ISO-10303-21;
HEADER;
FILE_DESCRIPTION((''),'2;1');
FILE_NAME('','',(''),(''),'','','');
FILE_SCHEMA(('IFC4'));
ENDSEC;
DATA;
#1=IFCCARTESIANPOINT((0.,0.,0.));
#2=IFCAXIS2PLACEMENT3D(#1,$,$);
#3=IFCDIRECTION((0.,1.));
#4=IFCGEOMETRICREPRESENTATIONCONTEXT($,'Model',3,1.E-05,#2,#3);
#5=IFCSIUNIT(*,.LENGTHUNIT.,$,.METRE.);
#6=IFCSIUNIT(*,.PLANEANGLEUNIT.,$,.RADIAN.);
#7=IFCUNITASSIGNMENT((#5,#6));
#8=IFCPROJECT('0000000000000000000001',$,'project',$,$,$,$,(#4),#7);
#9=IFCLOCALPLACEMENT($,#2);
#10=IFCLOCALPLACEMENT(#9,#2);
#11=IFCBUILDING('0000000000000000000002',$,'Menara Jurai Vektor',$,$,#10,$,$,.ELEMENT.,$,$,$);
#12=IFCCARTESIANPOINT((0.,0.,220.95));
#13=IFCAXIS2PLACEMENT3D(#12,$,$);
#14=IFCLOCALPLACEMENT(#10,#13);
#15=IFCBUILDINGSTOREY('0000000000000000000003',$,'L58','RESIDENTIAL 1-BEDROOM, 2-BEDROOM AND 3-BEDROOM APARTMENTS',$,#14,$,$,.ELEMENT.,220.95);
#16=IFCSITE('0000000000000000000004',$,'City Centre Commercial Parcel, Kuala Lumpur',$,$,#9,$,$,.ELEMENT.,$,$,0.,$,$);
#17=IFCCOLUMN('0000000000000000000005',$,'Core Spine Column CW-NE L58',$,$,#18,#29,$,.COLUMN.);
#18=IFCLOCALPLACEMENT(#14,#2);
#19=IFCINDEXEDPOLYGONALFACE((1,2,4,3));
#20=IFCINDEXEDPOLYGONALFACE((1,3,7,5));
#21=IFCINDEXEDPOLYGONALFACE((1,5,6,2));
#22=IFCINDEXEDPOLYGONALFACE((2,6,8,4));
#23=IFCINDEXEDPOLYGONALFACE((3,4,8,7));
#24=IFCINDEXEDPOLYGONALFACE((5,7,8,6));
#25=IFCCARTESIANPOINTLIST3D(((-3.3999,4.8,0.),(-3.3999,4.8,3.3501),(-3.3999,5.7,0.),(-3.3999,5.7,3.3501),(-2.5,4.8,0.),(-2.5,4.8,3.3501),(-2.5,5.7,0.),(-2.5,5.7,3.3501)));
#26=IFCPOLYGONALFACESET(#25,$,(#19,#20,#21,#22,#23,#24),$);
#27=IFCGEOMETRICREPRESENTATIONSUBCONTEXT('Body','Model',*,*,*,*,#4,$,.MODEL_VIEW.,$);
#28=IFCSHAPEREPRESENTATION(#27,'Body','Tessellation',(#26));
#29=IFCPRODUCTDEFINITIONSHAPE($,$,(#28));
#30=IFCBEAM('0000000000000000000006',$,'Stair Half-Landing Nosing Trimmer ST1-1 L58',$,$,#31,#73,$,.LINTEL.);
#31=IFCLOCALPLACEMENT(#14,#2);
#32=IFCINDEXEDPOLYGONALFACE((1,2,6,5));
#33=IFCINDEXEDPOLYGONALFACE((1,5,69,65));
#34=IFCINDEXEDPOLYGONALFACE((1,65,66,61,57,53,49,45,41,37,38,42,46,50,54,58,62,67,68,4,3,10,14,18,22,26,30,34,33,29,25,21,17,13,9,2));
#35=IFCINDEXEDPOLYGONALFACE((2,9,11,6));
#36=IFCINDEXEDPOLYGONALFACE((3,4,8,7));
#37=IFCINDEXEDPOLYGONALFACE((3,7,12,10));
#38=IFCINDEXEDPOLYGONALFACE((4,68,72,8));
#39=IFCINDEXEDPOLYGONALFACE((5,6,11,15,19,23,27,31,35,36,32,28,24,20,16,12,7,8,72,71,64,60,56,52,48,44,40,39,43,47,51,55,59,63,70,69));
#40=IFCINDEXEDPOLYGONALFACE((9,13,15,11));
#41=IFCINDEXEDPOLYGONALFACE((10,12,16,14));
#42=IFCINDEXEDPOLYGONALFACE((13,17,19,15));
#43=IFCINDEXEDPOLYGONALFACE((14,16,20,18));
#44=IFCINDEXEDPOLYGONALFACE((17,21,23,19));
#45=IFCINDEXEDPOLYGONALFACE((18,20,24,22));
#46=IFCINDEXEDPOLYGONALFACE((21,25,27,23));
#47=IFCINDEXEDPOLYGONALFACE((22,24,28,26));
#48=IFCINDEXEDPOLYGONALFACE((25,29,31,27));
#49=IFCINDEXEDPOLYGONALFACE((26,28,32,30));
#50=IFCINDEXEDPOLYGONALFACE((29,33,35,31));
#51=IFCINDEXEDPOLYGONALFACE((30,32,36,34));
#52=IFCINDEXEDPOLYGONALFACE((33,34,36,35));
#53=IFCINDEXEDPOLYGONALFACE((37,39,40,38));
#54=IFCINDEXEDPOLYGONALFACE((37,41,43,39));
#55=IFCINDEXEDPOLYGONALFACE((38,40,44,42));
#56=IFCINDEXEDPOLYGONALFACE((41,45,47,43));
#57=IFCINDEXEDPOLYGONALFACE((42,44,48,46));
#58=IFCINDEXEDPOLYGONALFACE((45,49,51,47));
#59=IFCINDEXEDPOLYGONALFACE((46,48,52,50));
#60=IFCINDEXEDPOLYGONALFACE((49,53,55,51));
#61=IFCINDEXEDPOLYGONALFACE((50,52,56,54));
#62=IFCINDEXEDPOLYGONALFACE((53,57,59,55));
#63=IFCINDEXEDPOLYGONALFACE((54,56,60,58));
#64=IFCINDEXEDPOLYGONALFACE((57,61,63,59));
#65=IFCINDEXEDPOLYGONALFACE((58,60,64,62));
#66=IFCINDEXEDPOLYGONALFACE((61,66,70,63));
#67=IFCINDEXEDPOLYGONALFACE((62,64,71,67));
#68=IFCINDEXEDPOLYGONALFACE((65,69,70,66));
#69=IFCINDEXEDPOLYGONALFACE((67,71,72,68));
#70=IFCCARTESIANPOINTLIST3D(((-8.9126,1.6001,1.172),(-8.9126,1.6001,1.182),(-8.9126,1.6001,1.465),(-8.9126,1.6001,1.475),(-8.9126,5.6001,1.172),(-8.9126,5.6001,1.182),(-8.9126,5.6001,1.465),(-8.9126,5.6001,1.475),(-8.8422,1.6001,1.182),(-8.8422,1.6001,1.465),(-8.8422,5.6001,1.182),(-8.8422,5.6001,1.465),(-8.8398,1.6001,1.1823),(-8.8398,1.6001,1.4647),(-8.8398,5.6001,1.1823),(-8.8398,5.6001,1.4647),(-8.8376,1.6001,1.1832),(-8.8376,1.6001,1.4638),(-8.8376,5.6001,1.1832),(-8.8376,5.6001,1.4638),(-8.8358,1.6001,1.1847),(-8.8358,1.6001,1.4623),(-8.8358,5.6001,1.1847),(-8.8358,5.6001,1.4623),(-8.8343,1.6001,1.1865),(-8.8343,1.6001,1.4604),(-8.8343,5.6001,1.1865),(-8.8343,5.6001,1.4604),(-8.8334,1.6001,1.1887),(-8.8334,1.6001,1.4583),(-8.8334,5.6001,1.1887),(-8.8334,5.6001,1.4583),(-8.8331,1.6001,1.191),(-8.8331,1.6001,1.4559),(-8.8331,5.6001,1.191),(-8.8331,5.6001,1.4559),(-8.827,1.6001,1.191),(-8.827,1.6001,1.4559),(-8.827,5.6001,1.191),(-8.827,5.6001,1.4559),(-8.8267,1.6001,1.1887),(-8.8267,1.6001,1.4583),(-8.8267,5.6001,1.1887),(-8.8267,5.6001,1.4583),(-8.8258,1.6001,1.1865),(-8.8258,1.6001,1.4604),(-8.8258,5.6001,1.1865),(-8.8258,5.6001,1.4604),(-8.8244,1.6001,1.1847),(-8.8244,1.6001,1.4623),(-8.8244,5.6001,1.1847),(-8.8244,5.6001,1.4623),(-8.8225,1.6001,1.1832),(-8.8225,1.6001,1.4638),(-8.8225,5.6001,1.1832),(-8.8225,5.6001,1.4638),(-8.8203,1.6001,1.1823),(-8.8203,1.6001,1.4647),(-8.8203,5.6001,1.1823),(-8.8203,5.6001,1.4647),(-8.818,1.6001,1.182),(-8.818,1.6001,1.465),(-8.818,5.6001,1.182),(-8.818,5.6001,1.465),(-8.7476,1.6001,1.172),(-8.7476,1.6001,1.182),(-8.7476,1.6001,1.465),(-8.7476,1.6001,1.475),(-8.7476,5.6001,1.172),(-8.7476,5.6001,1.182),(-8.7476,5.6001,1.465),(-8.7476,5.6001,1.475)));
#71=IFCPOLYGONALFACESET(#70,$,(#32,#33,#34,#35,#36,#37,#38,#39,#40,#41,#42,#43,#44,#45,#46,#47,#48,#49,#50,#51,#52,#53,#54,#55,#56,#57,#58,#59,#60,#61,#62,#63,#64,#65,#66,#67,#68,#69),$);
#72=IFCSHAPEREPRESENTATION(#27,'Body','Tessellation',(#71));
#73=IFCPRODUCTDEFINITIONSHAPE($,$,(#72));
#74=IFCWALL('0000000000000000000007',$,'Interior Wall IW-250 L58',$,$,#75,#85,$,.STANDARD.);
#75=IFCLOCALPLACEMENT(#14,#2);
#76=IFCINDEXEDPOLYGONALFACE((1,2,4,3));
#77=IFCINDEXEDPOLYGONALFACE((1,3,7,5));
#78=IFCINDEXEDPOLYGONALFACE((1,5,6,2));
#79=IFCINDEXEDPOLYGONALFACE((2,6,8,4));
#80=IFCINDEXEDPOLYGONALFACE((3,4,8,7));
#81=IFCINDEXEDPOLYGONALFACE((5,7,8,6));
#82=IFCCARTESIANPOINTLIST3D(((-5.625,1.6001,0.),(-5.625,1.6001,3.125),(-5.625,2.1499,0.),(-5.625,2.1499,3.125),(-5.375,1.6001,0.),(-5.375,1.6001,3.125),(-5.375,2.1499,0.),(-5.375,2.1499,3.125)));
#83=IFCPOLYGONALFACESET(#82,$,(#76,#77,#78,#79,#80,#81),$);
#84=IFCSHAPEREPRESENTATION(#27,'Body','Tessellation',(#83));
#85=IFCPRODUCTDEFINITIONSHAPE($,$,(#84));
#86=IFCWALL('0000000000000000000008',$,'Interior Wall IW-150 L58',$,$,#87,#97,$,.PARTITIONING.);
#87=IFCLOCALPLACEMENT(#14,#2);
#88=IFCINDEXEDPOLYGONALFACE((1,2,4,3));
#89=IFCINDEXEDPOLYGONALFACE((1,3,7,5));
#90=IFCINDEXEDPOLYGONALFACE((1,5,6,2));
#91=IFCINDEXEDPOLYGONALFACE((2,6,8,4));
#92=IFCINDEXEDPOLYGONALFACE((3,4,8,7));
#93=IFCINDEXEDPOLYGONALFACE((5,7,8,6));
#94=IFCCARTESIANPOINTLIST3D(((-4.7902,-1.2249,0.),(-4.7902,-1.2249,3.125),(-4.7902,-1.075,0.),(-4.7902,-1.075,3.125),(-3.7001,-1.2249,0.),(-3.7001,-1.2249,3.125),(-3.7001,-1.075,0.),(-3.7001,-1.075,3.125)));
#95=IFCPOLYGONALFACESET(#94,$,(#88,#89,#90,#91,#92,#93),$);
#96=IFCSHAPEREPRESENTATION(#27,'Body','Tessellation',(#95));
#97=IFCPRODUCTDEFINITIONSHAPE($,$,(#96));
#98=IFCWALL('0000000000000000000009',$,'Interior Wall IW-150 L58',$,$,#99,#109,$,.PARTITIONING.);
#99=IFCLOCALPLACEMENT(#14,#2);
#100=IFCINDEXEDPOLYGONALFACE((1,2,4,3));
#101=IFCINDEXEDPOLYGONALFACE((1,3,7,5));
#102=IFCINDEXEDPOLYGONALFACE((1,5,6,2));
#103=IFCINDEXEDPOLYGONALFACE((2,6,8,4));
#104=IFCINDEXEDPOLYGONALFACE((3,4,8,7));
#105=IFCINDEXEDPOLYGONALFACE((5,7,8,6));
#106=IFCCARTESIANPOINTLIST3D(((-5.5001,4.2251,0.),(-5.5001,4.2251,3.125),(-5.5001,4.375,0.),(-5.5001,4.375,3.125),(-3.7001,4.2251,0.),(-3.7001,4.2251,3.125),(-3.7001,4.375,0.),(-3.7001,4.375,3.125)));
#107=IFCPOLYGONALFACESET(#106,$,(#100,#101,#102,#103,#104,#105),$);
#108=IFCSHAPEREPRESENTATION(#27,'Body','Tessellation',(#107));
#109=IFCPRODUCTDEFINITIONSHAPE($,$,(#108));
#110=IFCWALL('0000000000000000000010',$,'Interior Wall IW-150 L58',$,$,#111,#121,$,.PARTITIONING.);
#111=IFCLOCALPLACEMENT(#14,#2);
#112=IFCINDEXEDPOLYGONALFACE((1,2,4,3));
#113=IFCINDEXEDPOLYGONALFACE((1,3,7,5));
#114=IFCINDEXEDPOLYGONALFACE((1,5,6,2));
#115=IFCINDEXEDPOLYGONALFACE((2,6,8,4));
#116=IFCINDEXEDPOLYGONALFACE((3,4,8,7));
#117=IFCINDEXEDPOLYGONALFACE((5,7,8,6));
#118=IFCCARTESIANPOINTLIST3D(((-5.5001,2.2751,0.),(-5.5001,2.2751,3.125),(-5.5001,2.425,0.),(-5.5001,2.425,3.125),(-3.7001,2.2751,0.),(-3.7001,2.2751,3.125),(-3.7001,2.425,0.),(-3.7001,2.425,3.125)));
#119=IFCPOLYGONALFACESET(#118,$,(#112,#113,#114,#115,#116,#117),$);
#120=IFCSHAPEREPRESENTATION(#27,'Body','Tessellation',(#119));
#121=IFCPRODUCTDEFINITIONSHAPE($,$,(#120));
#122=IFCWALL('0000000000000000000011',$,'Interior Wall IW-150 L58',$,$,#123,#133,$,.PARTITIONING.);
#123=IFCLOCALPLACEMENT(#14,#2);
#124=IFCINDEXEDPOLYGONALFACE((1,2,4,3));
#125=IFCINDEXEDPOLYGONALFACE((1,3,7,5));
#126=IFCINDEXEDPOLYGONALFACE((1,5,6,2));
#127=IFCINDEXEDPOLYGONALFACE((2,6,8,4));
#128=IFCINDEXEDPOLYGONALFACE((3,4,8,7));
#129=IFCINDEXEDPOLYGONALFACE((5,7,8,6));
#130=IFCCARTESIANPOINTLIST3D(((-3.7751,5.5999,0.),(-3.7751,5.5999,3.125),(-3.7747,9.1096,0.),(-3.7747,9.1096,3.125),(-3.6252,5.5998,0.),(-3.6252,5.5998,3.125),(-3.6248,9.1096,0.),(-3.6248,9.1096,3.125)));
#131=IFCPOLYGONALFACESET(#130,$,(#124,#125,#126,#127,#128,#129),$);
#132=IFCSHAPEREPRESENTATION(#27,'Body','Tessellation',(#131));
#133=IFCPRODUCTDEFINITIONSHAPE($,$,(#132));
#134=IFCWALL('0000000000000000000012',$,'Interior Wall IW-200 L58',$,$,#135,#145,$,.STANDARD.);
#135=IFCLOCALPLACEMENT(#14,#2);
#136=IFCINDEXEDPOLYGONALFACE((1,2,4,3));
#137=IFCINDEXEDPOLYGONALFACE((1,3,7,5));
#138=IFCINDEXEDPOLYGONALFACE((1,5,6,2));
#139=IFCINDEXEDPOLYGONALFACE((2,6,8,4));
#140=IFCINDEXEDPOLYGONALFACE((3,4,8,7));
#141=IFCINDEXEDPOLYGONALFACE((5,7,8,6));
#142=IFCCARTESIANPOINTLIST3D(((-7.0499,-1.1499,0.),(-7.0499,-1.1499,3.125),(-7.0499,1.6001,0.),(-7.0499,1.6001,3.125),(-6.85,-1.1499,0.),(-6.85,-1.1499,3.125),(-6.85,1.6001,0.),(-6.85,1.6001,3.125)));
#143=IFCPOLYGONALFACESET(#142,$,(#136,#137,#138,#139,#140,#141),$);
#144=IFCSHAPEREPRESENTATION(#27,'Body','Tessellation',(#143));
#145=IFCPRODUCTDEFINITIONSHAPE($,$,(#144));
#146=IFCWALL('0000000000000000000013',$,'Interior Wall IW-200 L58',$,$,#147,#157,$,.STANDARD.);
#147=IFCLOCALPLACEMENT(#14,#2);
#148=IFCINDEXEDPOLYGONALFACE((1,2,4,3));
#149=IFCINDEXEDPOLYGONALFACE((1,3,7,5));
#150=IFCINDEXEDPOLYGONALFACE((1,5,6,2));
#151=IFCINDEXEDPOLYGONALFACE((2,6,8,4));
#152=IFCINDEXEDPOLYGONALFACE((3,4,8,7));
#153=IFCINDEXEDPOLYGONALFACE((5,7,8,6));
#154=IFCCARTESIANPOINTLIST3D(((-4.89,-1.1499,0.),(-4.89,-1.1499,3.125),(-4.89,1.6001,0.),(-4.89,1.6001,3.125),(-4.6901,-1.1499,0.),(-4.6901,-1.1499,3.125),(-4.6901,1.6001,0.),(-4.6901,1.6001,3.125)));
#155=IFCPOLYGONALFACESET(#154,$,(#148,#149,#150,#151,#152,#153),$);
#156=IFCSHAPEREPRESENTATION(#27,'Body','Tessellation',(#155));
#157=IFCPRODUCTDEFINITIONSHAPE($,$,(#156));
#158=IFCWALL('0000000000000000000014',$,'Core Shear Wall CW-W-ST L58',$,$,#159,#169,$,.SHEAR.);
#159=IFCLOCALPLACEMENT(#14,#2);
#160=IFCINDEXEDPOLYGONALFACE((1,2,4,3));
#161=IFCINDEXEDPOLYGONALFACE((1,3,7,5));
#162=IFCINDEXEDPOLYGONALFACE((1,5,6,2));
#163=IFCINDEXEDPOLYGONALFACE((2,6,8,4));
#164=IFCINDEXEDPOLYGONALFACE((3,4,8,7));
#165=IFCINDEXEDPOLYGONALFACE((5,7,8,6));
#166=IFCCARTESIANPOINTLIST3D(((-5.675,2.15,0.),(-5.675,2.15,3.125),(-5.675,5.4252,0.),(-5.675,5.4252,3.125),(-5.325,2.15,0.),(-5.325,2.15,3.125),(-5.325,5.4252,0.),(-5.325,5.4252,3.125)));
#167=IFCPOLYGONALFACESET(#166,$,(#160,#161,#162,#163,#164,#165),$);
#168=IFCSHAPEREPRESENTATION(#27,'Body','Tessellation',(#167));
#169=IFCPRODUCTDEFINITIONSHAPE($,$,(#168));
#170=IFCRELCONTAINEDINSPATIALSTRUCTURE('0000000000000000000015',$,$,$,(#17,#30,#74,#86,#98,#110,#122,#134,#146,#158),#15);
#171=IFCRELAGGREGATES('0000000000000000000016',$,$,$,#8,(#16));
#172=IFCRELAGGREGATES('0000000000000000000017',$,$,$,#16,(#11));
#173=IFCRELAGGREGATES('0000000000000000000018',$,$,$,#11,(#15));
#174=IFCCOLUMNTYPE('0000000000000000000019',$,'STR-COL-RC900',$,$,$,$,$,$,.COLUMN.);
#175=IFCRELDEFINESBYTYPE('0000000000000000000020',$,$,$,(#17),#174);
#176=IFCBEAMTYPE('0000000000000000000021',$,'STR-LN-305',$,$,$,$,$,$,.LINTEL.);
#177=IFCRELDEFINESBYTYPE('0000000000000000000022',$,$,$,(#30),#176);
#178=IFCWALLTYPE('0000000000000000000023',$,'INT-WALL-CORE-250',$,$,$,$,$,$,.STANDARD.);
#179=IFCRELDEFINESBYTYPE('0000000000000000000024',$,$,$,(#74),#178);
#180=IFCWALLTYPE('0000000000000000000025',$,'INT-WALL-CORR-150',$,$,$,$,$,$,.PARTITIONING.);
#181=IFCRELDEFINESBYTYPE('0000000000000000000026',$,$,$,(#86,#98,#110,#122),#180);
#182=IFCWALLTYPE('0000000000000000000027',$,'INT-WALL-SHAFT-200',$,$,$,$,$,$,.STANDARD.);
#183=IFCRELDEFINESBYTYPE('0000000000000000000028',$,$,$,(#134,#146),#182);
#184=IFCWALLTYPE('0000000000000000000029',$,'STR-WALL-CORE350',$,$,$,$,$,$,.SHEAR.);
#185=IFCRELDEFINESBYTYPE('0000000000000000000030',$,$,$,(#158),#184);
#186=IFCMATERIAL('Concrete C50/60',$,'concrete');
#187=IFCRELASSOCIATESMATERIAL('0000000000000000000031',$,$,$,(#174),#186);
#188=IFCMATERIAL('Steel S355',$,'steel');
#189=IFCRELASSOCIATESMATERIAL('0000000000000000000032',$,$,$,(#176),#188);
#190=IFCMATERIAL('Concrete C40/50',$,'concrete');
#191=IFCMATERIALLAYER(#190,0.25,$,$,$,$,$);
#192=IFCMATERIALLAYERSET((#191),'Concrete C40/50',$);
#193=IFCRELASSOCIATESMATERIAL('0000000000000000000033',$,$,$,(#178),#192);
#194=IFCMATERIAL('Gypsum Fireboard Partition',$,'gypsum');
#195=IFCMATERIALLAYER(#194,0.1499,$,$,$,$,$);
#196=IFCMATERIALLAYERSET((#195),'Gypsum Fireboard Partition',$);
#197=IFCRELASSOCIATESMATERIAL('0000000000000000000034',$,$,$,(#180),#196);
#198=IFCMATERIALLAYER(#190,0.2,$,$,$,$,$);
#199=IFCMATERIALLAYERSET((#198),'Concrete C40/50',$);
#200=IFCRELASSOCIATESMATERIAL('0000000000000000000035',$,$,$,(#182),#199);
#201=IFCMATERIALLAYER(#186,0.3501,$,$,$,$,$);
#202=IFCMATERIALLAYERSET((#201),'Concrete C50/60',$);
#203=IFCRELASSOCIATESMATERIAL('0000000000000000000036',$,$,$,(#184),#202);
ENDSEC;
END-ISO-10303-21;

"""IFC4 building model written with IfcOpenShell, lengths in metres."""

from ifc_helpers import new_model, si_unit, direction, frame, frame_2d, origin, origin_2d, place, context, subcontext, project, spatial, rectangle, i_section, extrude, material, layer, layer_set, material_profile, profile_set, type_object, element, save


model = new_model("IFC4")

# Units and contexts
model_context = context("Model", 3, precision=1e-05, world=origin(), true_north=direction((0.0, 1.0)))
body_context = subcontext(model_context, "Body", "Model", "MODEL_VIEW")
ifc_project = project(units=[si_unit("LENGTHUNIT", "METRE"), si_unit("PLANEANGLEUNIT", "RADIAN")], contexts=[model_context])

# Site, building, storey
site_placement = place(None, origin())
site = spatial("IfcSite", under=ifc_project, at=site_placement, Name="City Centre Commercial Parcel, Kuala Lumpur", CompositionType="ELEMENT", RefElevation=0.0)
building_placement = place(site_placement, origin())
building = spatial("IfcBuilding", under=site, at=building_placement, Name="Menara Jurai Vektor", CompositionType="ELEMENT")
storey_placement = place(building_placement, frame((0.0, 0.0, 220.95)))
storey = spatial("IfcBuildingStorey", under=building, at=storey_placement, Name="L58", Description="RESIDENTIAL 1-BEDROOM, 2-BEDROOM AND 3-BEDROOM APARTMENTS", CompositionType="ELEMENT", Elevation=220.95)

# Column
ifc_material_1 = material(Name="Concrete C50/60", Category="concrete")
ifc_material_profile_1 = material_profile(ifc_material_1, rectangle(XDim=0.8999, YDim=0.8999, at=origin_2d()), Name="RC 900x900")
ifc_profile_set_1 = profile_set([ifc_material_profile_1], Name="Concrete C50/60")
column_type = type_object("IfcColumnType", Name="STR-COL-RC900", PredefinedType="COLUMN", material=ifc_profile_set_1)
column_placement = place(storey_placement, frame((-2.95, 5.25, 0.0), z_axis=(0.0, 0.0, 1.0), x_axis=(1.0, 0.0, 0.0)))
element("IfcColumn", 1, at=column_placement, inside=storey, type_object=column_type, Name="Core Spine Column CW-NE L58", PredefinedType="COLUMN", context=body_context, shape_type="SweptSolid", body=[
    extrude(rectangle(XDim=0.8999, YDim=0.8999, at=origin_2d()), origin(), (0.0, 0.0, 1.0), 3.3501),
])

# Beam
ifc_material_2 = material(Name="Steel S355", Category="steel")
ifc_material_profile_2 = material_profile(ifc_material_2, i_section(OverallWidth=0.165, OverallDepth=0.303, WebThickness=0.0061, FlangeThickness=0.01, FilletRadius=0.009, at=origin_2d()), Name="UKB 305x165x40")
ifc_profile_set_2 = profile_set([ifc_material_profile_2], Name="Steel S355")
beam_type = type_object("IfcBeamType", Name="STR-LN-305", PredefinedType="LINTEL", material=ifc_profile_set_2)
beam_placement = place(storey_placement, frame((-8.8301, 1.6001, 1.3235), z_axis=(0.0, 1.0, 0.0), x_axis=(-1.0, 0.0, 0.0)))
element("IfcBeam", 2, at=beam_placement, inside=storey, type_object=beam_type, Name="Stair Half-Landing Nosing Trimmer ST1-1 L58", PredefinedType="LINTEL", context=body_context, shape_type="SweptSolid", body=[
    extrude(i_section(OverallWidth=0.165, OverallDepth=0.303, WebThickness=0.0061, FlangeThickness=0.01, FilletRadius=0.009, at=origin_2d()), origin(), (0.0, 0.0, 1.0), 4.0),
])

# Walls
ifc_material_3 = material(Name="Concrete C40/50", Category="concrete")
ifc_layer_1 = layer(ifc_material_3, 0.25)
ifc_layer_set_1 = layer_set([ifc_layer_1], Name="Concrete C40/50")
wall_type_1 = type_object("IfcWallType", Name="INT-WALL-CORE-250", PredefinedType="STANDARD", material=ifc_layer_set_1)
wall_1_placement = place(storey_placement, frame((-5.5, 1.6001, 0.0), z_axis=(0.0, 0.0, 1.0), x_axis=(0.0, 1.0, 0.0)))
element("IfcWall", 3, at=wall_1_placement, inside=storey, type_object=wall_type_1, Name="Interior Wall IW-250 L58", PredefinedType="STANDARD", context=body_context, shape_type="SweptSolid", body=[
    extrude(rectangle(XDim=0.5498, YDim=0.25, at=frame_2d((0.2749, 0.0))), origin(), (0.0, 0.0, 1.0), 3.125),
])
ifc_material_4 = material(Name="Gypsum Fireboard Partition", Category="gypsum")
ifc_layer_2 = layer(ifc_material_4, 0.1499)
ifc_layer_set_2 = layer_set([ifc_layer_2], Name="Gypsum Fireboard Partition")
wall_type_2 = type_object("IfcWallType", Name="INT-WALL-CORR-150", PredefinedType="PARTITIONING", material=ifc_layer_set_2)
wall_2_placement = place(storey_placement, frame((-4.79, -1.1499, 0.0), z_axis=(0.0, 0.0, 1.0), x_axis=(1.0, 0.0, 0.0)))
element("IfcWall", 4, at=wall_2_placement, inside=storey, type_object=wall_type_2, Name="Interior Wall IW-150 L58", PredefinedType="PARTITIONING", context=body_context, shape_type="SweptSolid", body=[
    extrude(rectangle(XDim=1.0901, YDim=0.1499, at=frame_2d((0.5449, 0.0))), origin(), (0.0, 0.0, 1.0), 3.125),
])
for number, where, z_axis, x_axis, name in (
    (5, (-5.5, 4.3, 0.0), (0.0, 0.0, 1.0), (1.0, 0.0, 0.0), "Interior Wall IW-150 L58"),
    (6, (-5.5, 2.3501, 0.0), (0.0, 0.0, 1.0), (1.0, 0.0, 0.0), "Interior Wall IW-150 L58"),
):
    element("IfcWall", number, at=place(storey_placement, frame(where, z_axis=z_axis, x_axis=x_axis)), inside=storey, type_object=wall_type_2, Name=name, PredefinedType="PARTITIONING", context=body_context, shape_type="SweptSolid", body=[
        extrude(rectangle(XDim=1.8, YDim=0.1499, at=frame_2d((0.8999, 0.0))), origin(), (0.0, 0.0, 1.0), 3.125),
    ])
wall_3_placement = place(storey_placement, frame((-3.7002, 5.5999, 0.0), z_axis=(0.0, 0.0, 1.0), x_axis=(0.000139, 1.0, 0.0)))
element("IfcWall", 7, at=wall_3_placement, inside=storey, type_object=wall_type_2, Name="Interior Wall IW-150 L58", PredefinedType="PARTITIONING", context=body_context, shape_type="SweptSolid", body=[
    extrude(rectangle(XDim=3.5098, YDim=0.1499, at=frame_2d((1.7549, 0.0))), origin(), (0.0, 0.0, 1.0), 3.125),
])

# Shared definitions
ifc_layer_3 = layer(ifc_material_3, 0.2)
ifc_layer_set_3 = layer_set([ifc_layer_3], Name="Concrete C40/50")
wall_type_3 = type_object("IfcWallType", Name="INT-WALL-SHAFT-200", PredefinedType="STANDARD", material=ifc_layer_set_3)

# Walls
for number, where, z_axis, x_axis, name in (
    (8, (-6.95, -1.1499, 0.0), (0.0, 0.0, 1.0), (0.0, 1.0, 0.0), "Interior Wall IW-200 L58"),
    (9, (-4.79, -1.1499, 0.0), (0.0, 0.0, 1.0), (0.0, 1.0, 0.0), "Interior Wall IW-200 L58"),
):
    element("IfcWall", number, at=place(storey_placement, frame(where, z_axis=z_axis, x_axis=x_axis)), inside=storey, type_object=wall_type_3, Name=name, PredefinedType="STANDARD", context=body_context, shape_type="SweptSolid", body=[
        extrude(rectangle(XDim=2.75, YDim=0.2, at=frame_2d((1.375, 0.0))), origin(), (0.0, 0.0, 1.0), 3.125),
    ])

# Wall
ifc_layer_4 = layer(ifc_material_1, 0.3501)
ifc_layer_set_4 = layer_set([ifc_layer_4], Name="Concrete C50/60")
wall_type_4 = type_object("IfcWallType", Name="STR-WALL-CORE350", PredefinedType="SHEAR", material=ifc_layer_set_4)
wall_4_placement = place(storey_placement, frame((-5.5, 2.1499, 0.0), z_axis=(0.0, 0.0, 1.0), x_axis=(0.0, 1.0, 0.0)))
element("IfcWall", 10, at=wall_4_placement, inside=storey, type_object=wall_type_4, Name="Core Shear Wall CW-W-ST L58", PredefinedType="SHEAR", context=body_context, shape_type="SweptSolid", body=[
    extrude(rectangle(XDim=3.2751, YDim=0.3501, at=frame_2d((1.6377, 0.0))), origin(), (0.0, 0.0, 1.0), 3.125),
])

save(model, "model.ifc")
